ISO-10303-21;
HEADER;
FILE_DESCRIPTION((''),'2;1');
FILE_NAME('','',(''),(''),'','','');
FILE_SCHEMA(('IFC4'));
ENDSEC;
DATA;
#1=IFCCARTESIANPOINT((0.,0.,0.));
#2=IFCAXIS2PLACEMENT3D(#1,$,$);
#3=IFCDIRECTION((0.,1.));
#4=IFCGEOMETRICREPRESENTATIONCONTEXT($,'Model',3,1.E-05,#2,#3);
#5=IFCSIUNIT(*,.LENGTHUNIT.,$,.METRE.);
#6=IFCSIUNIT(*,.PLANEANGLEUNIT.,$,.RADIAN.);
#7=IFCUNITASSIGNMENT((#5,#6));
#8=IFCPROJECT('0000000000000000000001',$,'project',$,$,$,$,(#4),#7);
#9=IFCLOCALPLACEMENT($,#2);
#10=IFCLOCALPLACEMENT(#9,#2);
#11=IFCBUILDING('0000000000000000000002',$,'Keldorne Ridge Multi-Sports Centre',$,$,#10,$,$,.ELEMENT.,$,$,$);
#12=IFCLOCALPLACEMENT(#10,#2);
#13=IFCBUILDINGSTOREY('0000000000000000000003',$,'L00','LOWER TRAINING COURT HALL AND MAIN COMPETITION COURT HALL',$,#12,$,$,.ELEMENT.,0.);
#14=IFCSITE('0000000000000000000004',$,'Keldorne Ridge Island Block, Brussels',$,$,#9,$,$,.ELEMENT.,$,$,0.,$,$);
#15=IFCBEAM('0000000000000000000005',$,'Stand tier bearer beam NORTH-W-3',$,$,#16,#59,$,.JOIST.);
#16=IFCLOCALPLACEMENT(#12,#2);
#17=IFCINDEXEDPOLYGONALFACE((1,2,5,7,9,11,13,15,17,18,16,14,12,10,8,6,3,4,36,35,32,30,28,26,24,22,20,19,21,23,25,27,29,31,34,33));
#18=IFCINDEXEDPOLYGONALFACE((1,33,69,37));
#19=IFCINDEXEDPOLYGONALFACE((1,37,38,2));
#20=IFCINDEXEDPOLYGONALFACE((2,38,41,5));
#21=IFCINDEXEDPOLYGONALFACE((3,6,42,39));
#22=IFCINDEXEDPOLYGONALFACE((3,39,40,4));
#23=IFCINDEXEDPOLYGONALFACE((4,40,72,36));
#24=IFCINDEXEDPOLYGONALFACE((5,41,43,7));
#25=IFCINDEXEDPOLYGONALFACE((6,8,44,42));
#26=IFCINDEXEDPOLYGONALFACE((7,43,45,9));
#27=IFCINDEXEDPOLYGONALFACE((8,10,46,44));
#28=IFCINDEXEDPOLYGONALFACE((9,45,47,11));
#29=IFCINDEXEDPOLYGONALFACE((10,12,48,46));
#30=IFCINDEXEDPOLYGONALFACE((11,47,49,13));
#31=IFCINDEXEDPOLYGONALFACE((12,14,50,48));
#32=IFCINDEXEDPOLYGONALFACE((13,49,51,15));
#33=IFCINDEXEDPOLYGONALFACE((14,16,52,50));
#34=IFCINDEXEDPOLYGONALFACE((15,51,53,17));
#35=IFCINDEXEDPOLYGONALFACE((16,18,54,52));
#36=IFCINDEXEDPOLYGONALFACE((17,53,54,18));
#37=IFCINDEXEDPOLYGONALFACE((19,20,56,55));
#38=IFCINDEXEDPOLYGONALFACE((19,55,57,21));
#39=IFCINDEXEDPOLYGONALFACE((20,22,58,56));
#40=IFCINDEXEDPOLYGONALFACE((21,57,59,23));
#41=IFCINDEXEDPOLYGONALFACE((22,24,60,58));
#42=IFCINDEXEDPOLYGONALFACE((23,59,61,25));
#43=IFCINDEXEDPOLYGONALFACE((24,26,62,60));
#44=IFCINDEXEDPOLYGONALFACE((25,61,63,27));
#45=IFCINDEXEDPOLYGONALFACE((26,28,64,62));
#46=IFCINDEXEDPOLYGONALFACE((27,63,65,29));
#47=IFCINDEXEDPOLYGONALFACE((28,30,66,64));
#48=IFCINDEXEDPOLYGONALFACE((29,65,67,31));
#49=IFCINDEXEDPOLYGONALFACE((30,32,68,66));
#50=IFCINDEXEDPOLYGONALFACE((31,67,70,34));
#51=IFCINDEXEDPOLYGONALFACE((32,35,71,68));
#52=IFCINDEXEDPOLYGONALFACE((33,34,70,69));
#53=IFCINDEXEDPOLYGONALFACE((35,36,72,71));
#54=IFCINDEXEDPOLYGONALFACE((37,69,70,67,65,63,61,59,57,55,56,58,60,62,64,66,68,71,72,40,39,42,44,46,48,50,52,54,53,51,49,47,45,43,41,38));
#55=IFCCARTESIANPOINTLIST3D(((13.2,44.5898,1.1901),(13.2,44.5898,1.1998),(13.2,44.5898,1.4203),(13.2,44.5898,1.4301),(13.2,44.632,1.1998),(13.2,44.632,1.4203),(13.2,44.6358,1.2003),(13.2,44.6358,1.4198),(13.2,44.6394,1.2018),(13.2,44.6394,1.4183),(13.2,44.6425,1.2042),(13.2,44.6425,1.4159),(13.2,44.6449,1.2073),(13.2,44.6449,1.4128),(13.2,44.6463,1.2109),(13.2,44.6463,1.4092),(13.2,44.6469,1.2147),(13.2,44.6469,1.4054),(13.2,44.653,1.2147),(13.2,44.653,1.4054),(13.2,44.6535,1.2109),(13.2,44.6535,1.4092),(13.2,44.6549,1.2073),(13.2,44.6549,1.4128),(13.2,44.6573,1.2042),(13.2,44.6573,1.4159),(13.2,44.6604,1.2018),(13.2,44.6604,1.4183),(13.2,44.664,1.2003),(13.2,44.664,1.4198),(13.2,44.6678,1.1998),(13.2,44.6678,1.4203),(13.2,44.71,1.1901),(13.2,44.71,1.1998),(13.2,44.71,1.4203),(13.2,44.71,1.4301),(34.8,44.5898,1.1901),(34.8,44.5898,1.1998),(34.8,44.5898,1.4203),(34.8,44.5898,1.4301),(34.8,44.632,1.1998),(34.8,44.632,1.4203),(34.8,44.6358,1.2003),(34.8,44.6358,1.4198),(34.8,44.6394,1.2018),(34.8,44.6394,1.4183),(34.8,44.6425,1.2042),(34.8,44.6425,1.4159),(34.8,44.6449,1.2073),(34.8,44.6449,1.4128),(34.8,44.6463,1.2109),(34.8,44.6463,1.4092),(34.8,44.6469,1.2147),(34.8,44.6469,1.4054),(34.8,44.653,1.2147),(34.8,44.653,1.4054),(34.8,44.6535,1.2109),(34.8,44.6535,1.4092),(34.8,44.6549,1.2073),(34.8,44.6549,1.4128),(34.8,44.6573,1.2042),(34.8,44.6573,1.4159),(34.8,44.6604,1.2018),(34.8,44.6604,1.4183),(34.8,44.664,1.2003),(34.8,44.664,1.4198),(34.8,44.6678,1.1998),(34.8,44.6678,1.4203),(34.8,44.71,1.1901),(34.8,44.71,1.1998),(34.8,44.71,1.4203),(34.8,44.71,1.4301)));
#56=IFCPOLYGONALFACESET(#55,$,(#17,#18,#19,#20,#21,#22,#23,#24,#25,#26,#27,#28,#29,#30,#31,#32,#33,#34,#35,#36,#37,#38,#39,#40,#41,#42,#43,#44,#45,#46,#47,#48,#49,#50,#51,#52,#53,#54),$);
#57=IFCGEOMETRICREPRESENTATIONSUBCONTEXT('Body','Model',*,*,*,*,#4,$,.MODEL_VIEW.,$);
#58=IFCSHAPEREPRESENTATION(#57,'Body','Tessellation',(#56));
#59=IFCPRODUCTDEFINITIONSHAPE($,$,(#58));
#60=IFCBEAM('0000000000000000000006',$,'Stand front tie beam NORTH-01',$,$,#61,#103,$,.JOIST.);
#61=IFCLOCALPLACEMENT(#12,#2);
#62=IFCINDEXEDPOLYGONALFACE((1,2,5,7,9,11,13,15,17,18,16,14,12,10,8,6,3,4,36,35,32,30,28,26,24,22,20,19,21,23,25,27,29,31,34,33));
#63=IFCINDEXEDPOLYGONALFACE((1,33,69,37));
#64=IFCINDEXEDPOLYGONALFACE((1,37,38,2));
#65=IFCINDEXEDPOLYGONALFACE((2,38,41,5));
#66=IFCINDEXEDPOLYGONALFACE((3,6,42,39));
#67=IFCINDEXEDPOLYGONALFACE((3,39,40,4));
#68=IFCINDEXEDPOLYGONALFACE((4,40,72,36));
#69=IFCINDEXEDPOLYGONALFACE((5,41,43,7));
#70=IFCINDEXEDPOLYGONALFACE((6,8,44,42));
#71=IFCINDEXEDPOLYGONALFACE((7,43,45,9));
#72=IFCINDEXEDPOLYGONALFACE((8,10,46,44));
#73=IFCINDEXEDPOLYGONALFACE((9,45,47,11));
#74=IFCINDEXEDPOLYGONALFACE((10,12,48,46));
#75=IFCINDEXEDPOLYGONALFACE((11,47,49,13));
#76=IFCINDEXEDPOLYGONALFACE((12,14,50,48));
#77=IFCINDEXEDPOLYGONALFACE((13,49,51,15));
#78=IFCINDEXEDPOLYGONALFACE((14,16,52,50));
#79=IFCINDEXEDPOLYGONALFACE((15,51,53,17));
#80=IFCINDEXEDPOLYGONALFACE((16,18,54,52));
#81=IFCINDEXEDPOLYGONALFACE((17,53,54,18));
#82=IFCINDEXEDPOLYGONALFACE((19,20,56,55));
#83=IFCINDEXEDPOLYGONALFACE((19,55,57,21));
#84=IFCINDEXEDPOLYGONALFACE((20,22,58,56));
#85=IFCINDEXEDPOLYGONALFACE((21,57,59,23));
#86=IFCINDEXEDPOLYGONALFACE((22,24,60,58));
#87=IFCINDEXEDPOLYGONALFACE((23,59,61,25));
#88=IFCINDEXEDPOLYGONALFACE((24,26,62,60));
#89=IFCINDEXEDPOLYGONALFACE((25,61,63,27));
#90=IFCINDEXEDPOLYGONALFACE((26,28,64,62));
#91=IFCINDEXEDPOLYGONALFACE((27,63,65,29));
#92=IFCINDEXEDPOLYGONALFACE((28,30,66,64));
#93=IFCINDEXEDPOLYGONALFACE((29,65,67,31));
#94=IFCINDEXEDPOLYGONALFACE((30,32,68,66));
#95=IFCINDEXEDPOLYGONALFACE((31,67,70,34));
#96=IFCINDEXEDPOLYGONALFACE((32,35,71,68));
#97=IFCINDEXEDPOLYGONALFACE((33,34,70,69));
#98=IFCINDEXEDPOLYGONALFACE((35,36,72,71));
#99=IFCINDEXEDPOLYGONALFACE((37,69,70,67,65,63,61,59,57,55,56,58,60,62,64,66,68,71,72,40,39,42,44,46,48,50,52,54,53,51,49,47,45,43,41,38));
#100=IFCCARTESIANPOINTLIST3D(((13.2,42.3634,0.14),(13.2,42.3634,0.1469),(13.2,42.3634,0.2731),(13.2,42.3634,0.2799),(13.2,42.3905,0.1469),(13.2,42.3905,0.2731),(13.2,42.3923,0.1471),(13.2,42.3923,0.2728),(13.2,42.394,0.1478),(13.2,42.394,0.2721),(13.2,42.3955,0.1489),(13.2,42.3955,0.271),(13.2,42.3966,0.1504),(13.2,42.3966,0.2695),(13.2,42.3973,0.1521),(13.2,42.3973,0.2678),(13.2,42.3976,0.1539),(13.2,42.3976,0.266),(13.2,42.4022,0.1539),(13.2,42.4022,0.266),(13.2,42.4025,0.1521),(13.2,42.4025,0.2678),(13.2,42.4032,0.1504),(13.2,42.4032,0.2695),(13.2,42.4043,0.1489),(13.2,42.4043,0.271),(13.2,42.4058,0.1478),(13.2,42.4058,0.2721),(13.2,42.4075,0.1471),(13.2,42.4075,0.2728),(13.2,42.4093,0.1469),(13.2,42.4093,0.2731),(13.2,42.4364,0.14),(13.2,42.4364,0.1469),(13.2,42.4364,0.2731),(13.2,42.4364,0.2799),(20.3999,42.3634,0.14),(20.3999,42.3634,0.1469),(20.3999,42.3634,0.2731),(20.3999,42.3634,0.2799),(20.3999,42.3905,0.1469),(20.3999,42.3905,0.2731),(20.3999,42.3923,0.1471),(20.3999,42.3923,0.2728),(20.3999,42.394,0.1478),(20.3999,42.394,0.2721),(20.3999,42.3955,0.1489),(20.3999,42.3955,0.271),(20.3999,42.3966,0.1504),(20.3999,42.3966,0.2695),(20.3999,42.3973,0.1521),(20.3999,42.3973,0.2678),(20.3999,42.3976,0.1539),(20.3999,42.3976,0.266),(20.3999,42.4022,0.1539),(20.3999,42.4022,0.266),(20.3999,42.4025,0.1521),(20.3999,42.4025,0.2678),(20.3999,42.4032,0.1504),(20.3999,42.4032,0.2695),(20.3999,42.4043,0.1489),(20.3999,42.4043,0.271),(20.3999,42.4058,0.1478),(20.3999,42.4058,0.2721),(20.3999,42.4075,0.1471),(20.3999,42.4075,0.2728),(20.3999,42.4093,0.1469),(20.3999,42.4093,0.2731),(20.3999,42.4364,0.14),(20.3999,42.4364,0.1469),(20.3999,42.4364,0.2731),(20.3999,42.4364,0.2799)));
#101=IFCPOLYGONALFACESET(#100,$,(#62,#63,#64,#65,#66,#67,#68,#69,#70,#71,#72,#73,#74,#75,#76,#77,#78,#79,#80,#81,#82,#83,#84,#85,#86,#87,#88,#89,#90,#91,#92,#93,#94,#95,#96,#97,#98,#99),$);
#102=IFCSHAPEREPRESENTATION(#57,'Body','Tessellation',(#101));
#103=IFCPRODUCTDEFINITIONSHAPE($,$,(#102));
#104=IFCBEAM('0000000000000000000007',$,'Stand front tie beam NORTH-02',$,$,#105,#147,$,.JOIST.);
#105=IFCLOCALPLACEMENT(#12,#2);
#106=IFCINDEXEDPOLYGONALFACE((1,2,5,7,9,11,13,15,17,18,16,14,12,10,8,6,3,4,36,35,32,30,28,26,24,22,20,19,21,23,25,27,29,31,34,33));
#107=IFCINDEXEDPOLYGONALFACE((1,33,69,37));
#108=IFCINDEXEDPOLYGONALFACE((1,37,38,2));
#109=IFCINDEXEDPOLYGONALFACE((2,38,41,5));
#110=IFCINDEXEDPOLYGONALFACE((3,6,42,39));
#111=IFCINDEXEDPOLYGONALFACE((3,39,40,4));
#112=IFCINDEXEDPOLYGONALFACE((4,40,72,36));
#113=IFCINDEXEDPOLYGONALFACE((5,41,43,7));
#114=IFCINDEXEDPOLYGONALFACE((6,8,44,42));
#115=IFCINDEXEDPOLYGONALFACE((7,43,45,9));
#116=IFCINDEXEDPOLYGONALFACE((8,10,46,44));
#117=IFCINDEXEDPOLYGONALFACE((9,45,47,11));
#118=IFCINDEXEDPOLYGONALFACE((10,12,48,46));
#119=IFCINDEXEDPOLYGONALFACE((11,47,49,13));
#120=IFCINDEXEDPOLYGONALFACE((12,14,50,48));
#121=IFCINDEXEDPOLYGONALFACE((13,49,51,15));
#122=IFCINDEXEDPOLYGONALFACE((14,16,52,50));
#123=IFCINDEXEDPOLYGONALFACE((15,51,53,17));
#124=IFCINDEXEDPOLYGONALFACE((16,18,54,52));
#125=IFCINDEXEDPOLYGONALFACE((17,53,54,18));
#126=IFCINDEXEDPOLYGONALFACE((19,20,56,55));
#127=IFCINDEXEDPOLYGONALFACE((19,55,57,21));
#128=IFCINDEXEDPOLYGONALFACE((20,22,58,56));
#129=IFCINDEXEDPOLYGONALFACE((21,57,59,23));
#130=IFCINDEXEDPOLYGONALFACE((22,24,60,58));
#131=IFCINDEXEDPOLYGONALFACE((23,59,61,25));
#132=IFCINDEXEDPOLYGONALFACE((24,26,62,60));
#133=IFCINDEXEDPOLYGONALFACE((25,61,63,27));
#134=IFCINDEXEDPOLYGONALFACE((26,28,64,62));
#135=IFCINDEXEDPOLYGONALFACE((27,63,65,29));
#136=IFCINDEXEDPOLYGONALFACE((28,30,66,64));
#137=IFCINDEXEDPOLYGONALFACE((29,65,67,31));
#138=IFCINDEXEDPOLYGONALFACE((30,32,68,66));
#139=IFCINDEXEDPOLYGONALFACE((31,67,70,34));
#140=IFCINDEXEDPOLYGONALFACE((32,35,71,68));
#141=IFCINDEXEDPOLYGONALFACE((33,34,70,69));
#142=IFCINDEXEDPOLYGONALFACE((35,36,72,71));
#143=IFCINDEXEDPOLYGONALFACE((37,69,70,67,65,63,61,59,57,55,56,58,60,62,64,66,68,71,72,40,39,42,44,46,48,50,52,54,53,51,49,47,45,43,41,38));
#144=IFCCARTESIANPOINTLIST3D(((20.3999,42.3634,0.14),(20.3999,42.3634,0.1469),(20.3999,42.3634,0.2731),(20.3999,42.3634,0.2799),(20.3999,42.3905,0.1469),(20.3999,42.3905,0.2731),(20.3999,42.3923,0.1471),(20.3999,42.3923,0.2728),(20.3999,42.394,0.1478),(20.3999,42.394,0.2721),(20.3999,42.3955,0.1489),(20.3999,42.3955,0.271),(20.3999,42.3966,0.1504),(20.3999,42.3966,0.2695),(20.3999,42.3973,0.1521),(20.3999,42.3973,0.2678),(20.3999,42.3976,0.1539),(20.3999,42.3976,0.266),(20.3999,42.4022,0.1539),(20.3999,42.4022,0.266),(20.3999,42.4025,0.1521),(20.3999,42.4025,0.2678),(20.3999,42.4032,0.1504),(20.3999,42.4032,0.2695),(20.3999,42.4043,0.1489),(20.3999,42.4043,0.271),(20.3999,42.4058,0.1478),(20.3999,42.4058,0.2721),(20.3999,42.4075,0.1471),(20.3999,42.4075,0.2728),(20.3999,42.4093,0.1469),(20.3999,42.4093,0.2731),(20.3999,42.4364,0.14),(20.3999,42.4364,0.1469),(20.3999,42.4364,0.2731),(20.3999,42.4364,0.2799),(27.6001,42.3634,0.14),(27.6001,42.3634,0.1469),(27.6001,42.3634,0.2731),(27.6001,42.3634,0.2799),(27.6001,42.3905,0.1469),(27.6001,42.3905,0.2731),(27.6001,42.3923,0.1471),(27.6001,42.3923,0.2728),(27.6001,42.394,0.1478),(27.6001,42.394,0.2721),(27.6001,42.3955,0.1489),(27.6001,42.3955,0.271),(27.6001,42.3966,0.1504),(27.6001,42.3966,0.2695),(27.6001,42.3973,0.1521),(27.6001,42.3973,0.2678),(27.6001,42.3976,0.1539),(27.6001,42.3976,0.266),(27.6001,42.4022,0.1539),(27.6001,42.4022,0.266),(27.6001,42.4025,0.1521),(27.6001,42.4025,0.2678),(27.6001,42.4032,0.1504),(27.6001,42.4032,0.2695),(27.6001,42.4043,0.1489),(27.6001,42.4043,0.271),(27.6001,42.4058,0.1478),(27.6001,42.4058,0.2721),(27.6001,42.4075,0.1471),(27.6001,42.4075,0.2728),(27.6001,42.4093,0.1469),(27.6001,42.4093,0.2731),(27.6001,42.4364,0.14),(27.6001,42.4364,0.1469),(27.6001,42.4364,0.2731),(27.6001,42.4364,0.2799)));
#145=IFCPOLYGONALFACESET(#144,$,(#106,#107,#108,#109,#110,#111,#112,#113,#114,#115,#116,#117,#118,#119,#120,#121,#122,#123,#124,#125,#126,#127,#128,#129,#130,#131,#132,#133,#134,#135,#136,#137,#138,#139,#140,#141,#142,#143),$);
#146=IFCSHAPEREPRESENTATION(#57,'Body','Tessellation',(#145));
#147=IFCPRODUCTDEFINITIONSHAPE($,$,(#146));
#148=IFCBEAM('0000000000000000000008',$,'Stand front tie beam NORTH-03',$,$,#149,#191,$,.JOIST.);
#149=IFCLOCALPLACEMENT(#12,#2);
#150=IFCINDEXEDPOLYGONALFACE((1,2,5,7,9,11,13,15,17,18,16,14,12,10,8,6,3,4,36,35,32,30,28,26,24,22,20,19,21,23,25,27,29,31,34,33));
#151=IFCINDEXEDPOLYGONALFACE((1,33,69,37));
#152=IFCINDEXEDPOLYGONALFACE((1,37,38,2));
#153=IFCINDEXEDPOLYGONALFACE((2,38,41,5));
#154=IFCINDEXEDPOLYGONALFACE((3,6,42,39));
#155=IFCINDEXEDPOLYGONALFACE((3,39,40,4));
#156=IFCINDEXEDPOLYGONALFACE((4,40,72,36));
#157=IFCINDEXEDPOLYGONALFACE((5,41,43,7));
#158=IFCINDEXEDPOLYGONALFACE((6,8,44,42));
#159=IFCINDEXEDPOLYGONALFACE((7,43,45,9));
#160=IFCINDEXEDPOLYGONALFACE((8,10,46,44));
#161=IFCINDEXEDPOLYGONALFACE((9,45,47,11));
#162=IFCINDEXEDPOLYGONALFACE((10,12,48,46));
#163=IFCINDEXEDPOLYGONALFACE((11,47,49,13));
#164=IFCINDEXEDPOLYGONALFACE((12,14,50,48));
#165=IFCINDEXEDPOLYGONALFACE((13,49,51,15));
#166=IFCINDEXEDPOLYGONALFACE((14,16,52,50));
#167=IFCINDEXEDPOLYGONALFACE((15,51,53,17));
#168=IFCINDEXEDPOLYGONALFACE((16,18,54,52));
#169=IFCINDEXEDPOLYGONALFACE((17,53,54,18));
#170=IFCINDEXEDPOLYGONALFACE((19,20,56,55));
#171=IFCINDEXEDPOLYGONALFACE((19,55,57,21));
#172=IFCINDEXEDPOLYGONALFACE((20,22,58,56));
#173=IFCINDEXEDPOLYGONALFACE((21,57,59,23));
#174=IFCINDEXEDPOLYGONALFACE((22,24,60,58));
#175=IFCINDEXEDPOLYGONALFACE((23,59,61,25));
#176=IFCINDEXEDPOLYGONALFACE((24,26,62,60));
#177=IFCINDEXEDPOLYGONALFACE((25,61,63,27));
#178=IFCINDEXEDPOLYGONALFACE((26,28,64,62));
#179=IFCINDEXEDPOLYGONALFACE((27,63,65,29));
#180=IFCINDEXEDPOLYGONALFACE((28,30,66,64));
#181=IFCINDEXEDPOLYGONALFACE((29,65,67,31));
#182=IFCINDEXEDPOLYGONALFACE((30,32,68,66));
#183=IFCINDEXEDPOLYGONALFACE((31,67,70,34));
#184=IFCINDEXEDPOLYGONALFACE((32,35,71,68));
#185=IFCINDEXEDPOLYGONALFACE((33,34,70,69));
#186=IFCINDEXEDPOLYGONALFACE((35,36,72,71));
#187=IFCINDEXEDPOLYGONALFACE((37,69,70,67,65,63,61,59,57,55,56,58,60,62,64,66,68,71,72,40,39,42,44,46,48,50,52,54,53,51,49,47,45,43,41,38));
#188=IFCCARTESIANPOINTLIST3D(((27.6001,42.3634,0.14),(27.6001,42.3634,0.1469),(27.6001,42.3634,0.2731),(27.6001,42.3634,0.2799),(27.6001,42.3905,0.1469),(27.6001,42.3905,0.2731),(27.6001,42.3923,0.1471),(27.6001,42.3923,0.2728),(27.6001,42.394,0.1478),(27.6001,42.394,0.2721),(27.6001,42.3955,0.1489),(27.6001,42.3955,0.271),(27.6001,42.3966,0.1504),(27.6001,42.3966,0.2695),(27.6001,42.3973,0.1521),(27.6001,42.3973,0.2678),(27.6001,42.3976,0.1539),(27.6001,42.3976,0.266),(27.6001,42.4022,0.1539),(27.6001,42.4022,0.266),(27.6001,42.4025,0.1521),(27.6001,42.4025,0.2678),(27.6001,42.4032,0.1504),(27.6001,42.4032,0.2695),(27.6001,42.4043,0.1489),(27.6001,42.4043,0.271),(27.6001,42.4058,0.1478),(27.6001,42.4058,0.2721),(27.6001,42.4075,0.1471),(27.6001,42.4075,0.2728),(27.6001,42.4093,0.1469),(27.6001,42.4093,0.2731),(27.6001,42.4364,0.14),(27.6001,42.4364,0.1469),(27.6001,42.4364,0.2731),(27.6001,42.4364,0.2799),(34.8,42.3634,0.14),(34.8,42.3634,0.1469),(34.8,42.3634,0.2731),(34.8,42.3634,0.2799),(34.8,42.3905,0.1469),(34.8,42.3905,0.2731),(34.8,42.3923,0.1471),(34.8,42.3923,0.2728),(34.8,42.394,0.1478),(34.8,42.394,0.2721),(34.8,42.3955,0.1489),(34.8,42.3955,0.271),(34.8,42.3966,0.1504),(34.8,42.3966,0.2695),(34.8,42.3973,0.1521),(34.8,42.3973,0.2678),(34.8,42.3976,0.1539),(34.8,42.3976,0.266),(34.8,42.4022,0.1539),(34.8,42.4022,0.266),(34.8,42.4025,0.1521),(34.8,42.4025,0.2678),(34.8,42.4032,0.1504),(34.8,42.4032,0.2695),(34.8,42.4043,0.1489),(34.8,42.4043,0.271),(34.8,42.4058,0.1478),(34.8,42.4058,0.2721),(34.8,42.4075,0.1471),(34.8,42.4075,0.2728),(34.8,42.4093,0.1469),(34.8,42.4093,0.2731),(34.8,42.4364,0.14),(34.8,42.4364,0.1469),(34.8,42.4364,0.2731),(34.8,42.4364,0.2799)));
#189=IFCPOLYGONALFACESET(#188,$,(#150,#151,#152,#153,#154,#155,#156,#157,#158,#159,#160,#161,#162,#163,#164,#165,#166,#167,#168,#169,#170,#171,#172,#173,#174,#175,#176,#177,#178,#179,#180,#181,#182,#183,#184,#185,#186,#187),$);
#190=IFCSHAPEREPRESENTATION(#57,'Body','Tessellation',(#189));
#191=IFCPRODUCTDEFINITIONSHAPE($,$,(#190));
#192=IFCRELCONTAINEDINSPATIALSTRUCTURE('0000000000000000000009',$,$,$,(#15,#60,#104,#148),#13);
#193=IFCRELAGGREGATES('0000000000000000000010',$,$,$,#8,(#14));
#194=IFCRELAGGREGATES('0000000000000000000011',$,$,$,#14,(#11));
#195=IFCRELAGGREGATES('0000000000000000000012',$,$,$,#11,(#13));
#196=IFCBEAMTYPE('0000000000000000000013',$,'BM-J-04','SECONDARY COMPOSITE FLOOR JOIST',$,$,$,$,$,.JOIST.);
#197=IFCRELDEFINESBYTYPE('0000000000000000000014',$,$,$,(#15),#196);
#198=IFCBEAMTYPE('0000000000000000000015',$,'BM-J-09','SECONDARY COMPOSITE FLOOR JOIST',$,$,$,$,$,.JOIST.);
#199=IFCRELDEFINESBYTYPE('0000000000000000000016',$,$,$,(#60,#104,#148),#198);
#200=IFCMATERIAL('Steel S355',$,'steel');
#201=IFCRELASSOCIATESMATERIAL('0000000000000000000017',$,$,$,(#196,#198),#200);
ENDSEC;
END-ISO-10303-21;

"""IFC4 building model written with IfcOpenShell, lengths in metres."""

from ifc_helpers import new_model, si_unit, direction, frame, origin, origin_2d, place, context, subcontext, project, spatial, i_section, extrude, material, material_profile, profile_set, type_object, element, save


model = new_model("IFC4")

# Units and contexts
model_context = context("Model", 3, precision=1e-05, world=origin(), true_north=direction((0.0, 1.0)))
body_context = subcontext(model_context, "Body", "Model", "MODEL_VIEW")
ifc_project = project(units=[si_unit("LENGTHUNIT", "METRE"), si_unit("PLANEANGLEUNIT", "RADIAN")], contexts=[model_context])

# Site, building, storey
site_placement = place(None, origin())
site = spatial("IfcSite", under=ifc_project, at=site_placement, Name="Keldorne Ridge Island Block, Brussels", CompositionType="ELEMENT", RefElevation=0.0)
building_placement = place(site_placement, origin())
building = spatial("IfcBuilding", under=site, at=building_placement, Name="Keldorne Ridge Multi-Sports Centre", CompositionType="ELEMENT")
storey_placement = place(building_placement, origin())
storey = spatial("IfcBuildingStorey", under=building, at=storey_placement, Name="L00", Description="LOWER TRAINING COURT HALL AND MAIN COMPETITION COURT HALL", CompositionType="ELEMENT", Elevation=0.0)

# Shared definitions
ifc_material_1 = material(Name="Steel S355", Category="steel")

# Beams
ifc_material_profile_1 = material_profile(ifc_material_1, i_section(OverallWidth=0.1201, OverallDepth=0.24, WebThickness=0.0061, FlangeThickness=0.0098, FilletRadius=0.0149, at=origin_2d()), Name="IPE 240")
ifc_profile_set_1 = profile_set([ifc_material_profile_1], Name="Steel S355")
beam_type_1 = type_object("IfcBeamType", Name="BM-J-04", Description="SECONDARY COMPOSITE FLOOR JOIST", PredefinedType="JOIST", material=ifc_profile_set_1)
for number, where, z_axis, x_axis, name in (
    (1, (13.2, 44.6499, 1.3101), (1.0, 0.0, 0.0), (0.0, 1.0, 0.0), "Stand tier bearer beam NORTH-W-3"),
):
    element("IfcBeam", number, at=place(storey_placement, frame(where, z_axis=z_axis, x_axis=x_axis)), inside=storey, type_object=beam_type_1, Name=name, PredefinedType="JOIST", context=body_context, shape_type="SweptSolid", body=[
        extrude(i_section(OverallWidth=0.1201, OverallDepth=0.24, WebThickness=0.0061, FlangeThickness=0.0098, FilletRadius=0.0149, at=origin_2d()), origin(), (0.0, 0.0, 1.0), 21.6001),
    ])
ifc_material_profile_2 = material_profile(ifc_material_1, i_section(OverallWidth=0.073, OverallDepth=0.1399, WebThickness=0.0046, FlangeThickness=0.0068, FilletRadius=0.0071, at=origin_2d()), Name="IPE 140")
ifc_profile_set_2 = profile_set([ifc_material_profile_2], Name="Steel S355")
beam_type_2 = type_object("IfcBeamType", Name="BM-J-09", Description="SECONDARY COMPOSITE FLOOR JOIST", PredefinedType="JOIST", material=ifc_profile_set_2)
beam_1_placement = place(storey_placement, frame((13.2, 42.3999, 0.21), z_axis=(1.0, 0.0, 0.0), x_axis=(0.0, 1.0, 0.0)))
element("IfcBeam", 2, at=beam_1_placement, inside=storey, type_object=beam_type_2, Name="Stand front tie beam NORTH-01", PredefinedType="JOIST", context=body_context, shape_type="SweptSolid", body=[
    extrude(i_section(OverallWidth=0.073, OverallDepth=0.1399, WebThickness=0.0046, FlangeThickness=0.0068, FilletRadius=0.0071, at=origin_2d()), origin(), (0.0, 0.0, 1.0), 7.2),
])
beam_2_placement = place(storey_placement, frame((20.3999, 42.3999, 0.21), z_axis=(1.0, 0.0, 0.0), x_axis=(0.0, 1.0, 0.0)))
element("IfcBeam", 3, at=beam_2_placement, inside=storey, type_object=beam_type_2, Name="Stand front tie beam NORTH-02", PredefinedType="JOIST", context=body_context, shape_type="SweptSolid", body=[
    extrude(i_section(OverallWidth=0.073, OverallDepth=0.1399, WebThickness=0.0046, FlangeThickness=0.0068, FilletRadius=0.0071, at=origin_2d()), origin(), (0.0, 0.0, 1.0), 7.2002),
])
beam_3_placement = place(storey_placement, frame((27.6001, 42.3999, 0.21), z_axis=(1.0, 0.0, 0.0), x_axis=(0.0, 1.0, 0.0)))
element("IfcBeam", 4, at=beam_3_placement, inside=storey, type_object=beam_type_2, Name="Stand front tie beam NORTH-03", PredefinedType="JOIST", context=body_context, shape_type="SweptSolid", body=[
    extrude(i_section(OverallWidth=0.073, OverallDepth=0.1399, WebThickness=0.0046, FlangeThickness=0.0068, FilletRadius=0.0071, at=origin_2d()), origin(), (0.0, 0.0, 1.0), 7.2),
])

save(model, "model.ifc")
